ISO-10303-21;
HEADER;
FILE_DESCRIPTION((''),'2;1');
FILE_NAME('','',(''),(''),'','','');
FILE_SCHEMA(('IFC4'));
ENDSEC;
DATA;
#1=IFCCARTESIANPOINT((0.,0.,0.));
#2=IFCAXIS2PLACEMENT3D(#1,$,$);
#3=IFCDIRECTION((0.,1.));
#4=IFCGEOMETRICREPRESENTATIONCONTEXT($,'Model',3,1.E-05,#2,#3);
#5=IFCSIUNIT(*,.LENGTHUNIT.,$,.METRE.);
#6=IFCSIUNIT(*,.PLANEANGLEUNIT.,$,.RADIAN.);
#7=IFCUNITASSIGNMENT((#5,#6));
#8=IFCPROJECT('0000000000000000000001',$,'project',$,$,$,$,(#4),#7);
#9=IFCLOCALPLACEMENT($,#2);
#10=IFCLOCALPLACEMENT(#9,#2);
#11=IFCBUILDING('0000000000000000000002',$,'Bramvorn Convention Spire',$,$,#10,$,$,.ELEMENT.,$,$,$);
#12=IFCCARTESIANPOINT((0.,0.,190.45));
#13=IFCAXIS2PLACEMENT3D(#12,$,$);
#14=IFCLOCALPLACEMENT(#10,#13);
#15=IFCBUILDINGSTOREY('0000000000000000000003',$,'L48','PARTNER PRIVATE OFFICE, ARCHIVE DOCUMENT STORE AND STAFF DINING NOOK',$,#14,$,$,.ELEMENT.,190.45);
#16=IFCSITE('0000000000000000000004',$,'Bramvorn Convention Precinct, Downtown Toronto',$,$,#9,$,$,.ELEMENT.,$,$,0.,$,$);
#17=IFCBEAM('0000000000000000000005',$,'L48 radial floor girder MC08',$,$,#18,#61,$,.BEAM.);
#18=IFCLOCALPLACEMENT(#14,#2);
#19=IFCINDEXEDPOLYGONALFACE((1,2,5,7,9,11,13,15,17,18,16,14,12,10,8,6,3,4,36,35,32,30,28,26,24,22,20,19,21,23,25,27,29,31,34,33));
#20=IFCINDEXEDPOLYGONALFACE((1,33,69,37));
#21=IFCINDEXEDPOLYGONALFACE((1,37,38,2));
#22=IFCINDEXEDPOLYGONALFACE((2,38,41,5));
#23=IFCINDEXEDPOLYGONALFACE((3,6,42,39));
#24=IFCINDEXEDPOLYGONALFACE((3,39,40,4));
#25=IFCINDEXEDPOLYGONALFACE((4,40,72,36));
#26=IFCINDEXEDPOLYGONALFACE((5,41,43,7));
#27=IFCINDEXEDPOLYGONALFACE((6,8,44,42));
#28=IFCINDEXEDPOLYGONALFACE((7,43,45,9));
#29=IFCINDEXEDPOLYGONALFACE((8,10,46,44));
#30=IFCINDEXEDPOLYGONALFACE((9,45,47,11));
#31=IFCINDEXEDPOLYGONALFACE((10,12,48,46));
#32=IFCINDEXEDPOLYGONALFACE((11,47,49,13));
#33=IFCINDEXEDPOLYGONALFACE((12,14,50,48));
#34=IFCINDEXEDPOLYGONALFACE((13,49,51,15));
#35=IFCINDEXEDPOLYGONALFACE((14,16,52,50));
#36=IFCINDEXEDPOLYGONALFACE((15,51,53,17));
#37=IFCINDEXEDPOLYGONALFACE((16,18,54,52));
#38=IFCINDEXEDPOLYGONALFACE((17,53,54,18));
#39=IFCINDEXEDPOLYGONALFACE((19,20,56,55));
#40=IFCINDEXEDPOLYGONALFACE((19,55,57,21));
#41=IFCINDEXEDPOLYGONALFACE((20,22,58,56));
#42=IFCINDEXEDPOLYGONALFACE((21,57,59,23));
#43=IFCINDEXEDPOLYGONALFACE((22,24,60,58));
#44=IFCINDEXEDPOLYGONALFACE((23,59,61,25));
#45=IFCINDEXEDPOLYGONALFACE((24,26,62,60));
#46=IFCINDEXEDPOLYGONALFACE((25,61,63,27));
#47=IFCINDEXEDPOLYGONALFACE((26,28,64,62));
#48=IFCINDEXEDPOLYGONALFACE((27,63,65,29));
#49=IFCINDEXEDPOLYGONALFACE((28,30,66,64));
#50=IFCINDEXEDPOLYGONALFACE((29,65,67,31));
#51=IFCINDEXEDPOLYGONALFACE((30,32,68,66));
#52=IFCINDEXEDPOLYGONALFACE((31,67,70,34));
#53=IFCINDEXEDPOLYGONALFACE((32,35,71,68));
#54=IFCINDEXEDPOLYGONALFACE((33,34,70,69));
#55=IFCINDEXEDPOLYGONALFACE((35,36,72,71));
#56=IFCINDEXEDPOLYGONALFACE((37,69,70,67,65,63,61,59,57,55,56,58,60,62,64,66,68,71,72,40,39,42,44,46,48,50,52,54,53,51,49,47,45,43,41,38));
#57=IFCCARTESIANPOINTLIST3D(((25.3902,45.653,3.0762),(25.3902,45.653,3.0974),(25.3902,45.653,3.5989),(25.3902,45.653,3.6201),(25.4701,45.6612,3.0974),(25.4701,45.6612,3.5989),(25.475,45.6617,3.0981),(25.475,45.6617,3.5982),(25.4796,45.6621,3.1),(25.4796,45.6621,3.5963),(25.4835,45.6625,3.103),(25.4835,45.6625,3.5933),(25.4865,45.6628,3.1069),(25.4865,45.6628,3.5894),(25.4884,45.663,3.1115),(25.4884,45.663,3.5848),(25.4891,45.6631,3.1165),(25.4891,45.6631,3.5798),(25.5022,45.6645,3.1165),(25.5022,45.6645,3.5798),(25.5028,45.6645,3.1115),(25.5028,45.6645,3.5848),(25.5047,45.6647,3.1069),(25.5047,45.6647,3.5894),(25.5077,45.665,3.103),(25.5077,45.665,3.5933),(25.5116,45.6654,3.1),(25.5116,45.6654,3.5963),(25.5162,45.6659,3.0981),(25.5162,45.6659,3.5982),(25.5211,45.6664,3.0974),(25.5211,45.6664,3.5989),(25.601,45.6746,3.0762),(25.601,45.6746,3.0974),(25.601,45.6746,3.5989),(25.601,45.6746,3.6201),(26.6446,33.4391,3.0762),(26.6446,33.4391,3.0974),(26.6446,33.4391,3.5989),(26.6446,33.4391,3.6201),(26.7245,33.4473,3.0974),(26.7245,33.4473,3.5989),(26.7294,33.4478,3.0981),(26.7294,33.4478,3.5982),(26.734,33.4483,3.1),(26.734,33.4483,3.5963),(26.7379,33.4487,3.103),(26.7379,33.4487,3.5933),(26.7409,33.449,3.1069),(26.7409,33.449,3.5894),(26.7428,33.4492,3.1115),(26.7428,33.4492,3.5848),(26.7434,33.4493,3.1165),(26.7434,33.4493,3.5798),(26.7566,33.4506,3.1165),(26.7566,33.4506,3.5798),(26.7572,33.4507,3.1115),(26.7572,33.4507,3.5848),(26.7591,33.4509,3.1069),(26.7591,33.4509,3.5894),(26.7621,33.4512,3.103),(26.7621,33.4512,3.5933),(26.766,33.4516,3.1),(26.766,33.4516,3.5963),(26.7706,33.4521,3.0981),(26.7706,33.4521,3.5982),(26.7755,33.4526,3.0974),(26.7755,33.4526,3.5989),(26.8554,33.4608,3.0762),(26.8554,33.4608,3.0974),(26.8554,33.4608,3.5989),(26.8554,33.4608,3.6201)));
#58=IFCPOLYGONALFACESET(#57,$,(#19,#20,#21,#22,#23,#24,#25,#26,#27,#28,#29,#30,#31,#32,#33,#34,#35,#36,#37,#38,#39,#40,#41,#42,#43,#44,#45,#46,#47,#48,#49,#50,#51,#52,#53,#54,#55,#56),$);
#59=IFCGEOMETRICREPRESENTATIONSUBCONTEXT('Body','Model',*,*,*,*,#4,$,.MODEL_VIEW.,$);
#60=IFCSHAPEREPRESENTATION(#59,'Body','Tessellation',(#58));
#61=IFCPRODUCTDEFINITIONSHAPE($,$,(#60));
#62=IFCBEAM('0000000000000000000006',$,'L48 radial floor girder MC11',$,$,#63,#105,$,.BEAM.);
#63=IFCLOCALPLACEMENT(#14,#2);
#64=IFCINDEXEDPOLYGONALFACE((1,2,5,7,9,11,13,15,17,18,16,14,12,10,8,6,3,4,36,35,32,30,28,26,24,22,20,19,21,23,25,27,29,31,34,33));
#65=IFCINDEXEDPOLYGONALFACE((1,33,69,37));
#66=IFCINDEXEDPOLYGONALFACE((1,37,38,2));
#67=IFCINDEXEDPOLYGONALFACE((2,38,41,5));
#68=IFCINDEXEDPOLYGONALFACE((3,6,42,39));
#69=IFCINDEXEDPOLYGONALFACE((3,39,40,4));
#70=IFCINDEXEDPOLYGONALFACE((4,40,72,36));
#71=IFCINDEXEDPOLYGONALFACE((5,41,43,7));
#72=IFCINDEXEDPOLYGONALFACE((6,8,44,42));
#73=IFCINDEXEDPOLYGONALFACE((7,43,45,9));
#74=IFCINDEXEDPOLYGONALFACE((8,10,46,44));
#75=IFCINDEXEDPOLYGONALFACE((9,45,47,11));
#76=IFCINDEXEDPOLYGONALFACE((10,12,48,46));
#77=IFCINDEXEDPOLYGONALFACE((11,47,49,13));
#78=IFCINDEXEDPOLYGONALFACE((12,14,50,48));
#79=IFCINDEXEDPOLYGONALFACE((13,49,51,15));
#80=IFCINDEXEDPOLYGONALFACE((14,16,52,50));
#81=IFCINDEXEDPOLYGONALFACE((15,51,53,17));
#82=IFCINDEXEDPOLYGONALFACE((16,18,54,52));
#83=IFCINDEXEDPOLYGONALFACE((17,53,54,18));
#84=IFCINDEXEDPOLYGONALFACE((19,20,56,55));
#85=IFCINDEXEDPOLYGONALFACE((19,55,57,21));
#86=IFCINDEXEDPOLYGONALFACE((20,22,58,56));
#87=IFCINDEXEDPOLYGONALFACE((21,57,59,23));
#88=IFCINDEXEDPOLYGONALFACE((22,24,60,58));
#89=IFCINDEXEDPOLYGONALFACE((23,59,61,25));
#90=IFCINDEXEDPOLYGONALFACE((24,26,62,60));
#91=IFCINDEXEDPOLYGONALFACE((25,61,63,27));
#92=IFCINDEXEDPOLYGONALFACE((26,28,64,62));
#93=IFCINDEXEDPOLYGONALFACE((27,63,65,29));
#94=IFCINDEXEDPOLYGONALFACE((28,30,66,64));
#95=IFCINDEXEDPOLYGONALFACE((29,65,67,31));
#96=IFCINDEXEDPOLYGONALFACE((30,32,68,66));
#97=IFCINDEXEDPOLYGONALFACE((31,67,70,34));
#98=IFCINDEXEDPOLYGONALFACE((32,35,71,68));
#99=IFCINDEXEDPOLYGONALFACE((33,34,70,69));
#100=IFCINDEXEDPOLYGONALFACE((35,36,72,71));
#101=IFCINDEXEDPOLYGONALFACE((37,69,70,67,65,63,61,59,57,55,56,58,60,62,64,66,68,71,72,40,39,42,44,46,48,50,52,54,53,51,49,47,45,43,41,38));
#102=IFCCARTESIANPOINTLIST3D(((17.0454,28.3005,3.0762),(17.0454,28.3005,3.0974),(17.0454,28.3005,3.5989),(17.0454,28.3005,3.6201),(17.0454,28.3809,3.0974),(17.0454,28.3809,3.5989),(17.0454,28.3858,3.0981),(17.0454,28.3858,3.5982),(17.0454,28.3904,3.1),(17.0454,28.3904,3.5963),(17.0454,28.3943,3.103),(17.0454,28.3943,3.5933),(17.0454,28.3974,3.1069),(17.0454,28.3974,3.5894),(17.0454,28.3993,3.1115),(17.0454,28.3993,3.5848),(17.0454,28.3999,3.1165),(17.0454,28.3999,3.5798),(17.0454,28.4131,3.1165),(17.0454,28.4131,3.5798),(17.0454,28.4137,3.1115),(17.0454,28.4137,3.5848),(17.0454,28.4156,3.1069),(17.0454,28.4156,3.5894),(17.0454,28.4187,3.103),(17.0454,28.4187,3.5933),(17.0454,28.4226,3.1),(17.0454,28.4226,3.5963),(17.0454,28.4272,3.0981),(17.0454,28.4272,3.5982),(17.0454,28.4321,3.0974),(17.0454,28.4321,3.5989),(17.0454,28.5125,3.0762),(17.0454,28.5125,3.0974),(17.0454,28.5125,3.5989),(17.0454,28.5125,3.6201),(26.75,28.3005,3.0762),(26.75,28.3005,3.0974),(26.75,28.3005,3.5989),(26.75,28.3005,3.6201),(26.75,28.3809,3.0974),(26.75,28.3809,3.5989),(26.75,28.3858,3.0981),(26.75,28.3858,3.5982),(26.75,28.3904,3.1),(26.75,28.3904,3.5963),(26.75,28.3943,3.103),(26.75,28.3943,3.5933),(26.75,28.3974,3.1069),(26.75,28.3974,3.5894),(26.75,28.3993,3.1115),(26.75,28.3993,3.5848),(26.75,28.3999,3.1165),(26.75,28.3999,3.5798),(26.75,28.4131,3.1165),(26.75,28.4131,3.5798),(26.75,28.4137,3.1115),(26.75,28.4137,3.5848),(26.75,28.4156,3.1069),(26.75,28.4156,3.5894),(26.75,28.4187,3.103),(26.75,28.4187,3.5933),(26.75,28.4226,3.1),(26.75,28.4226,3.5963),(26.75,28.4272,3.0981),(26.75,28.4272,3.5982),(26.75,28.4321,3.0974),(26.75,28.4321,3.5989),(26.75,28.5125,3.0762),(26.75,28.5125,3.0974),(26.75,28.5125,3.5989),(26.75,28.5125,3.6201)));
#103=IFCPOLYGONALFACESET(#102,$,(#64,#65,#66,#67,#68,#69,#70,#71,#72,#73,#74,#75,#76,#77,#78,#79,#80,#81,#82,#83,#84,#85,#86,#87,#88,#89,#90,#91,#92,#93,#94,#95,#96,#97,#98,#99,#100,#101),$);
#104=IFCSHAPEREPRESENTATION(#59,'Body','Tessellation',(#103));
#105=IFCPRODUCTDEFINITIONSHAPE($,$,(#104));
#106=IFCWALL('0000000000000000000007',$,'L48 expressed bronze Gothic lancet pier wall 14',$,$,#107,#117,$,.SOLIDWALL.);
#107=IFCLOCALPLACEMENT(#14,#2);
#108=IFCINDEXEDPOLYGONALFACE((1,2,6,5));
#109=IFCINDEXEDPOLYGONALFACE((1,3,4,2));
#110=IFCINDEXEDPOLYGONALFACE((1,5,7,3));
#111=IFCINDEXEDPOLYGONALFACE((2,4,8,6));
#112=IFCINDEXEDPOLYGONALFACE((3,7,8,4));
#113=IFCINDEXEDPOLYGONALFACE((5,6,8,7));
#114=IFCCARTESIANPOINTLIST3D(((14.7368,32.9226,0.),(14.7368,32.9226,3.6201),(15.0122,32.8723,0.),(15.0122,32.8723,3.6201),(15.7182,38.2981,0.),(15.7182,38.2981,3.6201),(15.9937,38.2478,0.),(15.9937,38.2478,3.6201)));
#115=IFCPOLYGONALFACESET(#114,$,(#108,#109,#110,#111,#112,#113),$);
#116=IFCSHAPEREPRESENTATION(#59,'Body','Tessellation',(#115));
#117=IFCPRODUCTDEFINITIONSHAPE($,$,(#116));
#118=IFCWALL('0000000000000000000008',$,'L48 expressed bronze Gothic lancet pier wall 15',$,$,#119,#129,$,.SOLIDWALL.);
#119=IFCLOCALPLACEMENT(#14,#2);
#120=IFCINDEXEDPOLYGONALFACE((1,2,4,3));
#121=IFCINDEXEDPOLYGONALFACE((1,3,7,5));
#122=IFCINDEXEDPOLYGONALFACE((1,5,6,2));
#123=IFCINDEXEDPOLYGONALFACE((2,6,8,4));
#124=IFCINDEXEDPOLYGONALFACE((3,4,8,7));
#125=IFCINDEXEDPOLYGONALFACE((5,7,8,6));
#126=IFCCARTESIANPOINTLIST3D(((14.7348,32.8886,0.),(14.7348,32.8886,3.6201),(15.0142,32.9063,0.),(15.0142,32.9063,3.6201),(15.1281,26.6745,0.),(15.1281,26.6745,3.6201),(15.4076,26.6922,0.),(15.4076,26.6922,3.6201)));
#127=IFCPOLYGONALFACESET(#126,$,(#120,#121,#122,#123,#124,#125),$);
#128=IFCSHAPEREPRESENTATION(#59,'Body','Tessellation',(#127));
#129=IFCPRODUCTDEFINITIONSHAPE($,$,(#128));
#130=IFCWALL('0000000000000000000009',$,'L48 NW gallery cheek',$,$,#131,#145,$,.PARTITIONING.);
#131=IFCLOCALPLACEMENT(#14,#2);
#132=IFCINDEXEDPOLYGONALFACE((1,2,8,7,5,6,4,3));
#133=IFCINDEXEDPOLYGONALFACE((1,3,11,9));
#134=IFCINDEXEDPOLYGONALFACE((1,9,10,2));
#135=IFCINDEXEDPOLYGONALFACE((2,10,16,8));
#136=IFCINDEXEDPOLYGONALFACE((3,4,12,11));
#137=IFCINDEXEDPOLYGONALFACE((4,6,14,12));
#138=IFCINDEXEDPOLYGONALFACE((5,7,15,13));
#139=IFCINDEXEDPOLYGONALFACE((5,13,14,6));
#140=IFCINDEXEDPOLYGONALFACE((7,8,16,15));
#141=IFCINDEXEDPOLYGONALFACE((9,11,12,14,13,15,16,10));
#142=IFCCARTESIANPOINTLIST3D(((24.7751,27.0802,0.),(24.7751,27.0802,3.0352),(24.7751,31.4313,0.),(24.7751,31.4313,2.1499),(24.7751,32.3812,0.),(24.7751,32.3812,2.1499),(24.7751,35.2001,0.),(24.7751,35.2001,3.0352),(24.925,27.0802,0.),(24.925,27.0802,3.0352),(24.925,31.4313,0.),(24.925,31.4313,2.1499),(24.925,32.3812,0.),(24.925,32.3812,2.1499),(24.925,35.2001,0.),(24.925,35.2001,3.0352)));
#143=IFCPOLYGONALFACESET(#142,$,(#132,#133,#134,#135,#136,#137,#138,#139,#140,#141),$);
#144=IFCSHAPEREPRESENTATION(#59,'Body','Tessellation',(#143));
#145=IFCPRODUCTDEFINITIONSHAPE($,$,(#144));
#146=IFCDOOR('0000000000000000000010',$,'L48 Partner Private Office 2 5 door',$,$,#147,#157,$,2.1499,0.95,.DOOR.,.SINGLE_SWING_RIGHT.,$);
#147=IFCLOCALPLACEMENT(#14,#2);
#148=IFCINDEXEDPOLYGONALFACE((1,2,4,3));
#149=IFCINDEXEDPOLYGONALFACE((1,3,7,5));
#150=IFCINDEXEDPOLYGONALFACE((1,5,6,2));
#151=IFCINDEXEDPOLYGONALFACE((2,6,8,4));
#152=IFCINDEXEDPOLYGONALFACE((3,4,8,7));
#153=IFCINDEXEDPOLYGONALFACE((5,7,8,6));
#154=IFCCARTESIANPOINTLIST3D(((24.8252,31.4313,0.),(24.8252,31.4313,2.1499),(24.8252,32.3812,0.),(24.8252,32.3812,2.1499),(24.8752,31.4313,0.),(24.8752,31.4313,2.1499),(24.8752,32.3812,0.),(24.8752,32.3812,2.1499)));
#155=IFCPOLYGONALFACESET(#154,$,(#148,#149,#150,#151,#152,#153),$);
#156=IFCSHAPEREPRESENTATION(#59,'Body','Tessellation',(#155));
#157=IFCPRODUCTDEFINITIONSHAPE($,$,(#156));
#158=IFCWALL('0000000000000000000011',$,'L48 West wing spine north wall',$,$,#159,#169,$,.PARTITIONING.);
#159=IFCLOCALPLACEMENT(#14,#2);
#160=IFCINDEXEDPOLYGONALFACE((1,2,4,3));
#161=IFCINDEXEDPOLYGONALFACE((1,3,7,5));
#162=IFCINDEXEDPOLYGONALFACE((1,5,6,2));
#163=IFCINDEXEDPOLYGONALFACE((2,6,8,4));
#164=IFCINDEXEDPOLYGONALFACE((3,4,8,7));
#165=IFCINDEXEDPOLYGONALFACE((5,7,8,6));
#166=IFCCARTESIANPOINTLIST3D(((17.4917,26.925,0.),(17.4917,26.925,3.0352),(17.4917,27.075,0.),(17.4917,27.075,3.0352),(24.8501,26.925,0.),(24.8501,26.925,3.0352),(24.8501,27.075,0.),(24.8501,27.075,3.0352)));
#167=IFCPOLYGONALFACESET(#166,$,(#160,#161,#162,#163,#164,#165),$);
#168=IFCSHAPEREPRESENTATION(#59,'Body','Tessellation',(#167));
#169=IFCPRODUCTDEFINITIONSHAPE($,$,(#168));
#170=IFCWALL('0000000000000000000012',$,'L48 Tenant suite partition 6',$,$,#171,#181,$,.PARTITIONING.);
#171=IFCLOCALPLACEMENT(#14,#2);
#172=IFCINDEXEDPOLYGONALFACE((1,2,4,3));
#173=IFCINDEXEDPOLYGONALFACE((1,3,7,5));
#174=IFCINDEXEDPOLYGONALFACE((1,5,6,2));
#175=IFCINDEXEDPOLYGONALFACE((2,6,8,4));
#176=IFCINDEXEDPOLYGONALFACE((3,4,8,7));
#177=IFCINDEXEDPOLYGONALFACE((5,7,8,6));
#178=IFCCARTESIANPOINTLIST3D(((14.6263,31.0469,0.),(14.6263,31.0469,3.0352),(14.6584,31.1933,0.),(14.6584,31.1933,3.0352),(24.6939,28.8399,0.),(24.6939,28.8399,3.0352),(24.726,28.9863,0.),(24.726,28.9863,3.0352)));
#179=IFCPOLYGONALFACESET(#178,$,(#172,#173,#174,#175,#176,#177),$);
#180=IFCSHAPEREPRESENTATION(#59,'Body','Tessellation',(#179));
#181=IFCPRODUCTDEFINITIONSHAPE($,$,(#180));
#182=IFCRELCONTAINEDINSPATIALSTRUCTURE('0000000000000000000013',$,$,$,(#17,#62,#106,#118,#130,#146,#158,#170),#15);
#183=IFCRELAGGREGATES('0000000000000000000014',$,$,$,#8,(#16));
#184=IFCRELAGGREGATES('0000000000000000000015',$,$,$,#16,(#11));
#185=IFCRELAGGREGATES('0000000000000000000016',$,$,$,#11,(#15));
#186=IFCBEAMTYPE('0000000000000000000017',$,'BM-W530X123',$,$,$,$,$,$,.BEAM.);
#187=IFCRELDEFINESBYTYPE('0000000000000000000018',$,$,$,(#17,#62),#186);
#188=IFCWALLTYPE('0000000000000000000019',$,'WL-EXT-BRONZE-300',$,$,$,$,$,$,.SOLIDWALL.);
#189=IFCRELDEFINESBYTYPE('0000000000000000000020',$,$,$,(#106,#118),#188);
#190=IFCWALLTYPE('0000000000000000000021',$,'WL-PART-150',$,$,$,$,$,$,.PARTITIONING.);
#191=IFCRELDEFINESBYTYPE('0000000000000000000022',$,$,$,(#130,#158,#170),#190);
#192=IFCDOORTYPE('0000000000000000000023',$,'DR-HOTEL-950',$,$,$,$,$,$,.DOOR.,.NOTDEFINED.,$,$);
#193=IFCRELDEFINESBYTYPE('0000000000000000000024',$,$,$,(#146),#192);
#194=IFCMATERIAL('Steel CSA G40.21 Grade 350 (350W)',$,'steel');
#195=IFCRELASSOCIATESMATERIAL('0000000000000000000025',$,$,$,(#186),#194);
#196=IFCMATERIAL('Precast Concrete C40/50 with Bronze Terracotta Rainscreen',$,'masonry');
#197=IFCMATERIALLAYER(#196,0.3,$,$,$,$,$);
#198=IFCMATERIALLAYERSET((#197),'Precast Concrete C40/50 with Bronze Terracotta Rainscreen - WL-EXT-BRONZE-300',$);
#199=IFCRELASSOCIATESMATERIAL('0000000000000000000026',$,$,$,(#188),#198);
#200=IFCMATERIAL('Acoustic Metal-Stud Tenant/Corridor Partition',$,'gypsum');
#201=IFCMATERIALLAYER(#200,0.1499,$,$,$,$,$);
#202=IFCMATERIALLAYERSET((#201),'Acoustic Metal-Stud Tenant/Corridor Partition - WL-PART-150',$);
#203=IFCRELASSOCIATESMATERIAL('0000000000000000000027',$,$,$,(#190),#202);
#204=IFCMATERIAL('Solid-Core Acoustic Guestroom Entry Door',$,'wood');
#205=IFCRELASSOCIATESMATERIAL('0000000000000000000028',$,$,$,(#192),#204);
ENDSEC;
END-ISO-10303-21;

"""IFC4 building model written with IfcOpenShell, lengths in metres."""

from ifc_helpers import new_model, si_unit, direction, frame, frame_2d, origin, origin_2d, place, context, subcontext, project, spatial, rectangle, i_section, extrude, material, layer, layer_set, material_profile, profile_set, type_object, element, fill, save


model = new_model("IFC4")

# Units and contexts
model_context = context("Model", 3, precision=1e-05, world=origin(), true_north=direction((0.0, 1.0)))
body_context = subcontext(model_context, "Body", "Model", "MODEL_VIEW")
ifc_project = project(units=[si_unit("LENGTHUNIT", "METRE"), si_unit("PLANEANGLEUNIT", "RADIAN")], contexts=[model_context])

# Site, building, storey
site_placement = place(None, origin())
site = spatial("IfcSite", under=ifc_project, at=site_placement, Name="Bramvorn Convention Precinct, Downtown Toronto", CompositionType="ELEMENT", RefElevation=0.0)
building_placement = place(site_placement, origin())
building = spatial("IfcBuilding", under=site, at=building_placement, Name="Bramvorn Convention Spire", CompositionType="ELEMENT")
storey_placement = place(building_placement, frame((0.0, 0.0, 190.45)))
storey = spatial("IfcBuildingStorey", under=building, at=storey_placement, Name="L48", Description="PARTNER PRIVATE OFFICE, ARCHIVE DOCUMENT STORE AND STAFF DINING NOOK", CompositionType="ELEMENT", Elevation=190.45)

# Shared definitions
ifc_material_1 = material(Name="Steel CSA G40.21 Grade 350 (350W)", Category="steel")

# Beams
ifc_material_profile_1 = material_profile(ifc_material_1, i_section(OverallWidth=0.2119, OverallDepth=0.5439, WebThickness=0.0132, FlangeThickness=0.0212, FilletRadius=0.019, at=origin_2d()))
ifc_profile_set_1 = profile_set([ifc_material_profile_1], Name="Steel CSA G40.21 Grade 350 (350W) - W530X123")
beam_type_1 = type_object("IfcBeamType", Name="BM-W530X123", PredefinedType="BEAM", material=ifc_profile_set_1)
beam_1_placement = place(storey_placement, frame((26.75, 33.45, 3.3481), z_axis=(-0.102165, 0.994767, 0.0), x_axis=(-0.994767, -0.102165, 0.0)))
element("IfcBeam", 1, at=beam_1_placement, inside=storey, type_object=beam_type_1, Name="L48 radial floor girder MC08", PredefinedType="BEAM", context=body_context, shape_type="SweptSolid", body=[
    extrude(i_section(OverallWidth=0.2119, OverallDepth=0.5439, WebThickness=0.0132, FlangeThickness=0.0212, FilletRadius=0.019, at=origin_2d()), origin(), (0.0, 0.0, 1.0), 12.2781),
])
beam_2_placement = place(storey_placement, frame((26.75, 28.4065, 3.3481), z_axis=(-1.0, 0.0, 0.0), x_axis=(0.0, -1.0, 0.0)))
element("IfcBeam", 2, at=beam_2_placement, inside=storey, type_object=beam_type_1, Name="L48 radial floor girder MC11", PredefinedType="BEAM", context=body_context, shape_type="SweptSolid", body=[
    extrude(i_section(OverallWidth=0.2119, OverallDepth=0.5439, WebThickness=0.0132, FlangeThickness=0.0212, FilletRadius=0.019, at=origin_2d()), origin(), (0.0, 0.0, 1.0), 9.7046),
])

# Walls
ifc_material_2 = material(Name="Precast Concrete C40/50 with Bronze Terracotta Rainscreen", Category="masonry")
ifc_layer_1 = layer(ifc_material_2, 0.3)
ifc_layer_set_1 = layer_set([ifc_layer_1], Name="Precast Concrete C40/50 with Bronze Terracotta Rainscreen - WL-EXT-BRONZE-300")
wall_type_1 = type_object("IfcWallType", Name="WL-EXT-BRONZE-300", PredefinedType="SOLIDWALL", material=ifc_layer_set_1)
wall_1_placement = place(storey_placement, frame((14.8745, 32.8975, 0.0), z_axis=(0.0, 0.0, 1.0), x_axis=(0.179609, 0.983738, 0.0)))
element("IfcWall", 3, at=wall_1_placement, inside=storey, type_object=wall_type_1, Name="L48 expressed bronze Gothic lancet pier wall 14", PredefinedType="SOLIDWALL", context=body_context, shape_type="SweptSolid", body=[
    extrude(rectangle(XDim=5.4644, YDim=0.28, at=frame_2d((2.7322, 0.0))), origin(), (0.0, 0.0, 1.0), 3.6201),
])
wall_2_placement = place(storey_placement, frame((15.2678, 26.6833, 0.0), z_axis=(0.0, 0.0, 1.0), x_axis=(-0.063167, 0.998003, 0.0)))
element("IfcWall", 4, at=wall_2_placement, inside=storey, type_object=wall_type_1, Name="L48 expressed bronze Gothic lancet pier wall 15", PredefinedType="SOLIDWALL", context=body_context, shape_type="SweptSolid", body=[
    extrude(rectangle(XDim=6.2266, YDim=0.28, at=frame_2d((3.1133, 0.0))), origin(), (0.0, 0.0, 1.0), 3.6201),
])

# Wall, opening, door
ifc_material_3 = material(Name="Acoustic Metal-Stud Tenant/Corridor Partition", Category="gypsum")
ifc_layer_2 = layer(ifc_material_3, 0.1499)
ifc_layer_set_2 = layer_set([ifc_layer_2], Name="Acoustic Metal-Stud Tenant/Corridor Partition - WL-PART-150")
wall_type_2 = type_object("IfcWallType", Name="WL-PART-150", PredefinedType="PARTITIONING", material=ifc_layer_set_2)
wall_3_placement = place(storey_placement, frame((24.8501, 27.0801, 0.0), z_axis=(0.0, 0.0, 1.0), x_axis=(0.0, 1.0, 0.0)))
wall_3 = element("IfcWall", 5, at=wall_3_placement, inside=storey, type_object=wall_type_2, Name="L48 NW gallery cheek", PredefinedType="PARTITIONING", context=body_context, shape_type="SweptSolid", body=[
    extrude(rectangle(XDim=8.1199, YDim=0.1499, at=frame_2d((4.0601, 0.0))), origin(), (0.0, 0.0, 1.0), 3.0352),
])
opening_1_placement = place(wall_3_placement, frame((4.3511, 0.0, 0.0)))
opening_1 = element("IfcOpeningElement", 6, at=opening_1_placement, cuts=wall_3, PredefinedType="OPENING", context=body_context, shape_type="SweptSolid", body=[
    extrude(rectangle(XDim=0.95, YDim=2.1499, at=frame_2d((0.4751, 1.075))), frame((0.0, 0.085, 0.0), z_axis=(0.0, -1.0, 0.0), x_axis=(1.0, 0.0, 0.0)), (0.0, 0.0, 1.0), 0.1699),
])
ifc_material_4 = material(Name="Solid-Core Acoustic Guestroom Entry Door", Category="wood")
door_type_1 = type_object("IfcDoorType", Name="DR-HOTEL-950", OperationType="NOTDEFINED", PredefinedType="DOOR", material=ifc_material_4)
door_1_placement = place(opening_1_placement, origin())
door_1 = element("IfcDoor", 7, at=door_1_placement, inside=storey, type_object=door_type_1, Name="L48 Partner Private Office 2 5 door", OperationType="SINGLE_SWING_RIGHT", OverallHeight=2.1499, OverallWidth=0.95, PredefinedType="DOOR", context=body_context, shape_type="SweptSolid", body=[
    extrude(rectangle(XDim=0.95, YDim=2.1499, at=frame_2d((0.4751, 1.075))), frame((0.0, 0.0249, 0.0), z_axis=(0.0, -1.0, 0.0), x_axis=(1.0, 0.0, 0.0)), (0.0, 0.0, 1.0), 0.05),
])
fill(opening_1, door_1)

# Walls
wall_4_placement = place(storey_placement, frame((17.4917, 27.0, 0.0), z_axis=(0.0, 0.0, 1.0), x_axis=(1.0, 0.0, 0.0)))
element("IfcWall", 8, at=wall_4_placement, inside=storey, type_object=wall_type_2, Name="L48 West wing spine north wall", PredefinedType="PARTITIONING", context=body_context, shape_type="SweptSolid", body=[
    extrude(rectangle(XDim=7.3584, YDim=0.1499, at=frame_2d((3.6792, 0.0))), origin(), (0.0, 0.0, 1.0), 3.0352),
])
wall_5_placement = place(storey_placement, frame((24.71, 28.9131, 0.0), z_axis=(0.0, 0.0, 1.0), x_axis=(-0.976804, 0.214136, 0.0)))
element("IfcWall", 9, at=wall_5_placement, inside=storey, type_object=wall_type_2, Name="L48 Tenant suite partition 6", PredefinedType="PARTITIONING", context=body_context, shape_type="SweptSolid", body=[
    extrude(rectangle(XDim=10.3066, YDim=0.1499, at=frame_2d((5.1533, 0.0))), origin(), (0.0, 0.0, 1.0), 3.0352),
])

save(model, "model.ifc")
